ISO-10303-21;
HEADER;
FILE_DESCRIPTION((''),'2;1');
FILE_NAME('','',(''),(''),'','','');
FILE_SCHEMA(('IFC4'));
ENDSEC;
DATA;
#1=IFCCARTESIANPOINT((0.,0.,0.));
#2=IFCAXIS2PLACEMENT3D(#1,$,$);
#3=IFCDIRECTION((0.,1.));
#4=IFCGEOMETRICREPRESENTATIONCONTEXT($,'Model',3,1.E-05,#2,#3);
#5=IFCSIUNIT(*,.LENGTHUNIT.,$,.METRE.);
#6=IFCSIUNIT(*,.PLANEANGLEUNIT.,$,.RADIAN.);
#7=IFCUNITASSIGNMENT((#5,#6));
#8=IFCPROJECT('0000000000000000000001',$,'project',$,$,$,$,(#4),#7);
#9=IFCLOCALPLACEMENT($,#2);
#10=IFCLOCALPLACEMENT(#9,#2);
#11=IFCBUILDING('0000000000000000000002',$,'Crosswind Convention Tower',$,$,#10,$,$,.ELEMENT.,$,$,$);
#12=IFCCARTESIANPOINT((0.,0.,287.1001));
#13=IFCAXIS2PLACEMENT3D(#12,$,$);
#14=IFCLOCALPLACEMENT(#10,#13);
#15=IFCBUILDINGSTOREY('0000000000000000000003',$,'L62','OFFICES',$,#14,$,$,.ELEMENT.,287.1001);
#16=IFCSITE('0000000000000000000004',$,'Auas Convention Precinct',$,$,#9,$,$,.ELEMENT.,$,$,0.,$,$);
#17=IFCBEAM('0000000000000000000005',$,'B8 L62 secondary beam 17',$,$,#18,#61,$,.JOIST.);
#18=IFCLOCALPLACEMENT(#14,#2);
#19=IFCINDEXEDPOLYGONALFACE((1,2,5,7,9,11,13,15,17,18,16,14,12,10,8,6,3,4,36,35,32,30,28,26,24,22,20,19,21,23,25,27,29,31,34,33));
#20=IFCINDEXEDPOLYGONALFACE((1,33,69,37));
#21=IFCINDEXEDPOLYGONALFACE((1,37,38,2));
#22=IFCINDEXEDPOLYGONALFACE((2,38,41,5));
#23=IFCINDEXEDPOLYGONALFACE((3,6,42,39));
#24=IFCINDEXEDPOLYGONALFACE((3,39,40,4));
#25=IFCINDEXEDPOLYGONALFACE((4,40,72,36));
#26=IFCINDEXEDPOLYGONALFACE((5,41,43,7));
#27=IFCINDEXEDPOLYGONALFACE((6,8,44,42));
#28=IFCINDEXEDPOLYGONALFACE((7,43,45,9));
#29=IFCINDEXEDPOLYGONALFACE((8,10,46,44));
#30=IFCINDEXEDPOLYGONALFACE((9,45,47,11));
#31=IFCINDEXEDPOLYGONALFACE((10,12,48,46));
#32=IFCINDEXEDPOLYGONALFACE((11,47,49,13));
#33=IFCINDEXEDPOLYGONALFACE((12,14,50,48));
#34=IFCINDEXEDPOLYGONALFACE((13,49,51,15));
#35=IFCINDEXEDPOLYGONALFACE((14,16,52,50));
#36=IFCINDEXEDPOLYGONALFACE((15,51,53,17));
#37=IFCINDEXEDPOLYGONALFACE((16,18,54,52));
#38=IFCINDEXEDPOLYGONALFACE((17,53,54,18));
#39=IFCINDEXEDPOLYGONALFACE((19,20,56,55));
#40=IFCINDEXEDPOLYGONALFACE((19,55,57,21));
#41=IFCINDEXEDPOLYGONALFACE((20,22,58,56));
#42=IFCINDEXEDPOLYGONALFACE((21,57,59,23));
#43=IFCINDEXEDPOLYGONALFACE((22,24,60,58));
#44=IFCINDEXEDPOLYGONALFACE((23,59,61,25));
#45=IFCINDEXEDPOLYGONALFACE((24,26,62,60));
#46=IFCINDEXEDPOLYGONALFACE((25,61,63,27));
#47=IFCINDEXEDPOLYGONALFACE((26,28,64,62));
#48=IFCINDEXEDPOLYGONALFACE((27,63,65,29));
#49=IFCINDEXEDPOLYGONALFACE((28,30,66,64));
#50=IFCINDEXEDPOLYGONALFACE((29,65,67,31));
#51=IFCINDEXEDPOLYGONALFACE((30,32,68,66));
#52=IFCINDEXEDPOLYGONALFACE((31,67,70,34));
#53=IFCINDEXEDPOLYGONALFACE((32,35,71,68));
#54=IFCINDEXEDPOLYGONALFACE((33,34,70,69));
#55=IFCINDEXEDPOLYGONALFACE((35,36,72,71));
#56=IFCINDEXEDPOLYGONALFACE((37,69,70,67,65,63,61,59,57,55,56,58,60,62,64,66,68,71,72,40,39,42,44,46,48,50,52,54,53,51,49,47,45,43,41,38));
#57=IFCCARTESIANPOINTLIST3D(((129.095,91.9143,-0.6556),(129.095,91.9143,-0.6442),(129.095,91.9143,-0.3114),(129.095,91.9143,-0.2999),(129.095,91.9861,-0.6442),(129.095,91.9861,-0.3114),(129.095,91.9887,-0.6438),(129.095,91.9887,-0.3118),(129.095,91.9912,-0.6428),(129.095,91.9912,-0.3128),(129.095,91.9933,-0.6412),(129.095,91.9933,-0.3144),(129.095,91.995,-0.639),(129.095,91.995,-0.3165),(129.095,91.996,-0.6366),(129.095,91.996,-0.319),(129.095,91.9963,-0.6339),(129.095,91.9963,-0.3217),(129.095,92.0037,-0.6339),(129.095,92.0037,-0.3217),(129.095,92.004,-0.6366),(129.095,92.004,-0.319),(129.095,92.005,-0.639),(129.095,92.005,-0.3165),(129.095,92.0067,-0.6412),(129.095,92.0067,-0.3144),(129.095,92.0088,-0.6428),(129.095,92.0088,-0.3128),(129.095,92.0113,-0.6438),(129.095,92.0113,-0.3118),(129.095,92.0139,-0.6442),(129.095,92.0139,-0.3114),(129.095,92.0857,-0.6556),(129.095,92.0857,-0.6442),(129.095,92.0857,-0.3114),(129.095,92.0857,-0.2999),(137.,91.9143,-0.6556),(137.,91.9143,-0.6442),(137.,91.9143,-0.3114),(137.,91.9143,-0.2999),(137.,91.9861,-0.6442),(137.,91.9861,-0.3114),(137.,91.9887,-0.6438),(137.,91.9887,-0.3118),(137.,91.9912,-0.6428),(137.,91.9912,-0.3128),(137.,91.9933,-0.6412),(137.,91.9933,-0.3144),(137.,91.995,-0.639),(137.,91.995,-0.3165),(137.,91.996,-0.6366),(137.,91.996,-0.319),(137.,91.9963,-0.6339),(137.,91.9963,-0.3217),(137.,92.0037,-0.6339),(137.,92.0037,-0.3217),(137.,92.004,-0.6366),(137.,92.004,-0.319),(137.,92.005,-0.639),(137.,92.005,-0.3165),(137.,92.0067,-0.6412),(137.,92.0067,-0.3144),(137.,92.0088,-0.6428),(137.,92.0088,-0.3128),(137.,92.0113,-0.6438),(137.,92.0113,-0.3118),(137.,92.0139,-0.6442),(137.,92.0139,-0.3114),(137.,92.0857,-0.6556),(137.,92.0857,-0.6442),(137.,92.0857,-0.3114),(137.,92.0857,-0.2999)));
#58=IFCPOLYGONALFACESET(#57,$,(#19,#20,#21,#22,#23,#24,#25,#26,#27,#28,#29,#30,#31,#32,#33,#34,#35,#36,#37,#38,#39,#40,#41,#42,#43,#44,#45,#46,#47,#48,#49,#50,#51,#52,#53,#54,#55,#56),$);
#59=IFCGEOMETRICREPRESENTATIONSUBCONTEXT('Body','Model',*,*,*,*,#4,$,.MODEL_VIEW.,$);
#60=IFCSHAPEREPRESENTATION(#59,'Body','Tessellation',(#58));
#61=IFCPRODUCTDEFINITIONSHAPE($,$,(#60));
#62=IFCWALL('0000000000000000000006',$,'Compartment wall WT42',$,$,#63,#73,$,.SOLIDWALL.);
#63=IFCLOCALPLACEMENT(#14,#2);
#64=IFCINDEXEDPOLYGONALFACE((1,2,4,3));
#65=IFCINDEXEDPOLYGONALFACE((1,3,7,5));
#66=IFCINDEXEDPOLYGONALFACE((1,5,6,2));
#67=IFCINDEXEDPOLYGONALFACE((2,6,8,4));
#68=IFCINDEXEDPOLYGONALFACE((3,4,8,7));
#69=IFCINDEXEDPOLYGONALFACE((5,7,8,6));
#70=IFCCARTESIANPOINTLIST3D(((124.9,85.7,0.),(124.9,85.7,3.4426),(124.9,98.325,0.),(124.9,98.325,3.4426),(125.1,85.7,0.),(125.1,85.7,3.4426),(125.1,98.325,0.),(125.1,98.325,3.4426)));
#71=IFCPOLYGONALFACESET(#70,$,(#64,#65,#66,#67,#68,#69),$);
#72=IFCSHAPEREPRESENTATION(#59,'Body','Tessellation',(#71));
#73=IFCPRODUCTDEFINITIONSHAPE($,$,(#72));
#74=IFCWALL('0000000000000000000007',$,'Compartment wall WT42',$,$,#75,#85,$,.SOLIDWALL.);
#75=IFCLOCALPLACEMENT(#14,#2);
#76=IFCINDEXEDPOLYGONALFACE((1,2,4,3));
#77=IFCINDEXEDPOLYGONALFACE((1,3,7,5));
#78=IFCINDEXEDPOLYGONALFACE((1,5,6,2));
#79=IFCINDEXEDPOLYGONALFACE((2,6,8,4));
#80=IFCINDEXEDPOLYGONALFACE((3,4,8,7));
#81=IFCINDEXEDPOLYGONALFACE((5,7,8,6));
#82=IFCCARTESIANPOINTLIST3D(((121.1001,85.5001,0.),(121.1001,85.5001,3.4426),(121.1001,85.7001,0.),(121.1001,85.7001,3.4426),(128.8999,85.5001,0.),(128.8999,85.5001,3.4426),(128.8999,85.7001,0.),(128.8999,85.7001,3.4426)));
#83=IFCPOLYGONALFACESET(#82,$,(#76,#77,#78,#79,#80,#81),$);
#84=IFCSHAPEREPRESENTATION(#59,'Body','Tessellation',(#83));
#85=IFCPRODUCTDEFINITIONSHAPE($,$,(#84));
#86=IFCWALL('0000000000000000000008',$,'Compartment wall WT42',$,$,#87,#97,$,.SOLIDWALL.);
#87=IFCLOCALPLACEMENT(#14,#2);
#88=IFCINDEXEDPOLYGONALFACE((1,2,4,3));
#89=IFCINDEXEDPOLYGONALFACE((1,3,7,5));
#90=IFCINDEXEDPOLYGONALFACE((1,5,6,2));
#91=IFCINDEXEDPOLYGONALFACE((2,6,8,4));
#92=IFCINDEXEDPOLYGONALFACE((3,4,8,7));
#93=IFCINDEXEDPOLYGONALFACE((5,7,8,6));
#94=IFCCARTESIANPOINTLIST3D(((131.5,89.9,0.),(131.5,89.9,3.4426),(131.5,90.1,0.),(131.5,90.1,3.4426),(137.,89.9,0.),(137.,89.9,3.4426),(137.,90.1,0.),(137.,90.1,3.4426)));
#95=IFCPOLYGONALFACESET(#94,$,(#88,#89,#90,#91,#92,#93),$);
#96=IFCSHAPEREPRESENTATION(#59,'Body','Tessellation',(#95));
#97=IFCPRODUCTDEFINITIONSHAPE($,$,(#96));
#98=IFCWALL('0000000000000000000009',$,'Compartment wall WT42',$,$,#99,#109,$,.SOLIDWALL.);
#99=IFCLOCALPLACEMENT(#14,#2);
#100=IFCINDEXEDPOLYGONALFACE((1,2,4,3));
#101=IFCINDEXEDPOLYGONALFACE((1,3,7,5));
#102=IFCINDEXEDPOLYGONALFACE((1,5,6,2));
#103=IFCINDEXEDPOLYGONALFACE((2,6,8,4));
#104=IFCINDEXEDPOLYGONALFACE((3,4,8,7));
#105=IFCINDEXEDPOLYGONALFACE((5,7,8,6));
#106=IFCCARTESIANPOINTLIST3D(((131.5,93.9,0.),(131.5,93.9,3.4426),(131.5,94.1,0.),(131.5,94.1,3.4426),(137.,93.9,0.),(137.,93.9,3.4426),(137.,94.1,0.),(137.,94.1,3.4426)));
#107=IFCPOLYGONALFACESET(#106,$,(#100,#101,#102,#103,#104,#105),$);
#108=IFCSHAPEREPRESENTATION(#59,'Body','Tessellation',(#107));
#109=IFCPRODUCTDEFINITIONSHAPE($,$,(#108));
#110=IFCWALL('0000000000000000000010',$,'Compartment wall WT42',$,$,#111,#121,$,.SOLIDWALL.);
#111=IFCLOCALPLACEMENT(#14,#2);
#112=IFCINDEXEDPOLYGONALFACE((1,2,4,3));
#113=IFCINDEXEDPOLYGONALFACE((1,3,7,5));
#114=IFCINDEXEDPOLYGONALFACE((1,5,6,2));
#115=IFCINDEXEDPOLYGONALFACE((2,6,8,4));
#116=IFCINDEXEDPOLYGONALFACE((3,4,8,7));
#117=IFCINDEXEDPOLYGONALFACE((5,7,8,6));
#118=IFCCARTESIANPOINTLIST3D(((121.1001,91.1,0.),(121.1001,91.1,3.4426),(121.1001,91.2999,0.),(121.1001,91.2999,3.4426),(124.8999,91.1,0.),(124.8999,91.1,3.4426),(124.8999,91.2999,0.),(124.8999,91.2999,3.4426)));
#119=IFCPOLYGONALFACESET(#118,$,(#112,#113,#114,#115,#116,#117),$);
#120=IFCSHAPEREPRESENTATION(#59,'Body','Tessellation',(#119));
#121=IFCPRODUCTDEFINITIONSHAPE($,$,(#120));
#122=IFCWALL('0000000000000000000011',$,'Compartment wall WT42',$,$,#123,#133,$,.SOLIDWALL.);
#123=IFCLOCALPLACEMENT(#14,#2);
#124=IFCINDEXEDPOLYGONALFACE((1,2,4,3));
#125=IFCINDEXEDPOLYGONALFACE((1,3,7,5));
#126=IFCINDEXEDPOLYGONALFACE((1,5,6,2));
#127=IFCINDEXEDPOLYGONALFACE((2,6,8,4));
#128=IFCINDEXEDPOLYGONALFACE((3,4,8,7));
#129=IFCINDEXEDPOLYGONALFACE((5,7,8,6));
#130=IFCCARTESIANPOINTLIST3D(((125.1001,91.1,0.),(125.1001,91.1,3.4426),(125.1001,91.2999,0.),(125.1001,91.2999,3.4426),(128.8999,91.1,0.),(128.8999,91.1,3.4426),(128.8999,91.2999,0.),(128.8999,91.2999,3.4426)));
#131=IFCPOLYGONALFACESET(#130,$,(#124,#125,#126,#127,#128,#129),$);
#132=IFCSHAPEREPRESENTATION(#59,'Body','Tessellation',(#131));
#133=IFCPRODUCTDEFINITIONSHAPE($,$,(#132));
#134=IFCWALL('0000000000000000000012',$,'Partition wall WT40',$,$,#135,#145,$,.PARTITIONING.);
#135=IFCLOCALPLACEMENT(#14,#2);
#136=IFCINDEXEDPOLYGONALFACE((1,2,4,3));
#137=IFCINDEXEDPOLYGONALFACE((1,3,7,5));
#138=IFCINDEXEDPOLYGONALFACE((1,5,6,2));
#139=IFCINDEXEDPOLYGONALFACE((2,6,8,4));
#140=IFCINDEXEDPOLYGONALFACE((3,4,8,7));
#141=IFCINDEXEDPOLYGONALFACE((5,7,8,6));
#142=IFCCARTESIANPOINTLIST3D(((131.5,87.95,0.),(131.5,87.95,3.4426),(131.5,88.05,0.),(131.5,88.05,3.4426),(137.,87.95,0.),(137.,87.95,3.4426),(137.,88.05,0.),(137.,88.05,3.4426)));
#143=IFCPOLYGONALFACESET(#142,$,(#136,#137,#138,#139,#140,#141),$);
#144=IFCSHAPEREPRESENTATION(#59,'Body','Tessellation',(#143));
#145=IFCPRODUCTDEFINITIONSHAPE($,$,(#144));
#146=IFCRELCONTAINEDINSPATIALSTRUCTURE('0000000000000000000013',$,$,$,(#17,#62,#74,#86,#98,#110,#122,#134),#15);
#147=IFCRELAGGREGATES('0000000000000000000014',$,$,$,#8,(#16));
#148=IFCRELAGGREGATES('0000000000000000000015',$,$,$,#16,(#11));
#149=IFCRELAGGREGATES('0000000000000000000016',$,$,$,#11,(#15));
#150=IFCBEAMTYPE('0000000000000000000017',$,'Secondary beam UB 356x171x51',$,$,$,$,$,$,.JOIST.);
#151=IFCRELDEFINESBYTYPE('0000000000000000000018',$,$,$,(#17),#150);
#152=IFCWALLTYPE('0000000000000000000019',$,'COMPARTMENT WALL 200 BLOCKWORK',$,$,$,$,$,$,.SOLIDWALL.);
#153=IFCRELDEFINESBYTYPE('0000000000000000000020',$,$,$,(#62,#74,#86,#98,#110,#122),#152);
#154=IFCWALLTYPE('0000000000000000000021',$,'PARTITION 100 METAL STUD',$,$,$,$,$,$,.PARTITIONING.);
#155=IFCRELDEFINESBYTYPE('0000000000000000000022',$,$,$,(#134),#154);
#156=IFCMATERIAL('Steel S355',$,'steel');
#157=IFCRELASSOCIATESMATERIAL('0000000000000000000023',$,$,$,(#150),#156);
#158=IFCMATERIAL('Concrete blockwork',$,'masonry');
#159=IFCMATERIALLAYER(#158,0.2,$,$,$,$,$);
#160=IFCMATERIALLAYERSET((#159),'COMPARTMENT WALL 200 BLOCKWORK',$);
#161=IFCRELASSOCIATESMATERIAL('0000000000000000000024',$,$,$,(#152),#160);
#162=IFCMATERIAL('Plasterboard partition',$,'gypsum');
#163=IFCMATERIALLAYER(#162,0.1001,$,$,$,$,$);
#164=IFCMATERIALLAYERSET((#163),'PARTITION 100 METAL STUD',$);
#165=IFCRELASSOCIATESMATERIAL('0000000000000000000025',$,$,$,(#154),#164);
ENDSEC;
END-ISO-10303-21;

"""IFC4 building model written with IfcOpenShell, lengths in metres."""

from ifc_helpers import new_model, si_unit, direction, frame, frame_2d, origin, origin_2d, place, context, subcontext, project, spatial, rectangle, i_section, extrude, material, layer, layer_set, material_profile, profile_set, type_object, element, save


model = new_model("IFC4")

# Units and contexts
model_context = context("Model", 3, precision=1e-05, world=origin(), true_north=direction((0.0, 1.0)))
body_context = subcontext(model_context, "Body", "Model", "MODEL_VIEW")
ifc_project = project(units=[si_unit("LENGTHUNIT", "METRE"), si_unit("PLANEANGLEUNIT", "RADIAN")], contexts=[model_context])

# Site, building, storey
site_placement = place(None, origin())
site = spatial("IfcSite", under=ifc_project, at=site_placement, Name="Auas Convention Precinct", CompositionType="ELEMENT", RefElevation=0.0)
building_placement = place(site_placement, origin())
building = spatial("IfcBuilding", under=site, at=building_placement, Name="Crosswind Convention Tower", CompositionType="ELEMENT")
storey_placement = place(building_placement, frame((0.0, 0.0, 287.1001)))
storey = spatial("IfcBuildingStorey", under=building, at=storey_placement, Name="L62", Description="OFFICES", CompositionType="ELEMENT", Elevation=287.1001)

# Beam
ifc_material_1 = material(Name="Steel S355", Category="steel")
ifc_material_profile_1 = material_profile(ifc_material_1, i_section(OverallWidth=0.1714, OverallDepth=0.3557, WebThickness=0.0073, FlangeThickness=0.0115, FilletRadius=0.0103, at=origin_2d()), Name="UB 356x171x51")
ifc_profile_set_1 = profile_set([ifc_material_profile_1], Name="Steel S355")
beam_type_1 = type_object("IfcBeamType", Name="Secondary beam UB 356x171x51", PredefinedType="JOIST", material=ifc_profile_set_1)
beam_1_placement = place(storey_placement, frame((129.095, 92.0, -0.4778), z_axis=(1.0, 0.0, 0.0), x_axis=(0.0, 1.0, 0.0)))
element("IfcBeam", 1, at=beam_1_placement, inside=storey, type_object=beam_type_1, Name="B8 L62 secondary beam 17", PredefinedType="JOIST", context=body_context, shape_type="SweptSolid", body=[
    extrude(i_section(OverallWidth=0.1714, OverallDepth=0.3557, WebThickness=0.0073, FlangeThickness=0.0115, FilletRadius=0.0103, at=origin_2d()), origin(), (0.0, 0.0, 1.0), 7.905),
])

# Walls
ifc_material_2 = material(Name="Concrete blockwork", Category="masonry")
ifc_layer_1 = layer(ifc_material_2, 0.2)
ifc_layer_set_1 = layer_set([ifc_layer_1], Name="COMPARTMENT WALL 200 BLOCKWORK")
wall_type_1 = type_object("IfcWallType", Name="COMPARTMENT WALL 200 BLOCKWORK", PredefinedType="SOLIDWALL", material=ifc_layer_set_1)
wall_1_placement = place(storey_placement, frame((125.0, 85.7, 0.0), z_axis=(0.0, 0.0, 1.0), x_axis=(0.0, 1.0, 0.0)))
element("IfcWall", 2, at=wall_1_placement, inside=storey, type_object=wall_type_1, Name="Compartment wall WT42", PredefinedType="SOLIDWALL", context=body_context, shape_type="SweptSolid", body=[
    extrude(rectangle(XDim=12.625, YDim=0.2, at=frame_2d((6.3125, 0.0))), origin(), (0.0, 0.0, 1.0), 3.4426),
])
wall_2_placement = place(storey_placement, frame((121.1001, 85.6001, 0.0), z_axis=(0.0, 0.0, 1.0), x_axis=(1.0, 0.0, 0.0)))
element("IfcWall", 3, at=wall_2_placement, inside=storey, type_object=wall_type_1, Name="Compartment wall WT42", PredefinedType="SOLIDWALL", context=body_context, shape_type="SweptSolid", body=[
    extrude(rectangle(XDim=7.7998, YDim=0.2, at=frame_2d((3.8999, 0.0))), origin(), (0.0, 0.0, 1.0), 3.4426),
])
for number, where, z_axis, x_axis, name in (
    (4, (131.5, 90.0, 0.0), (0.0, 0.0, 1.0), (1.0, 0.0, 0.0), "Compartment wall WT42"),
    (5, (131.5, 94.0, 0.0), (0.0, 0.0, 1.0), (1.0, 0.0, 0.0), "Compartment wall WT42"),
):
    element("IfcWall", number, at=place(storey_placement, frame(where, z_axis=z_axis, x_axis=x_axis)), inside=storey, type_object=wall_type_1, Name=name, PredefinedType="SOLIDWALL", context=body_context, shape_type="SweptSolid", body=[
        extrude(rectangle(XDim=5.5, YDim=0.2, at=frame_2d((2.75, 0.0))), origin(), (0.0, 0.0, 1.0), 3.4426),
    ])
for number, where, z_axis, x_axis, name in (
    (6, (121.1001, 91.2, 0.0), (0.0, 0.0, 1.0), (1.0, 0.0, 0.0), "Compartment wall WT42"),
    (7, (125.1001, 91.2, 0.0), (0.0, 0.0, 1.0), (1.0, 0.0, 0.0), "Compartment wall WT42"),
):
    element("IfcWall", number, at=place(storey_placement, frame(where, z_axis=z_axis, x_axis=x_axis)), inside=storey, type_object=wall_type_1, Name=name, PredefinedType="SOLIDWALL", context=body_context, shape_type="SweptSolid", body=[
        extrude(rectangle(XDim=3.7998, YDim=0.2, at=frame_2d((1.8999, 0.0))), origin(), (0.0, 0.0, 1.0), 3.4426),
    ])
ifc_material_3 = material(Name="Plasterboard partition", Category="gypsum")
ifc_layer_2 = layer(ifc_material_3, 0.1001)
ifc_layer_set_2 = layer_set([ifc_layer_2], Name="PARTITION 100 METAL STUD")
wall_type_2 = type_object("IfcWallType", Name="PARTITION 100 METAL STUD", PredefinedType="PARTITIONING", material=ifc_layer_set_2)
wall_3_placement = place(storey_placement, frame((131.5, 88.0, 0.0), z_axis=(0.0, 0.0, 1.0), x_axis=(1.0, 0.0, 0.0)))
element("IfcWall", 8, at=wall_3_placement, inside=storey, type_object=wall_type_2, Name="Partition wall WT40", PredefinedType="PARTITIONING", context=body_context, shape_type="SweptSolid", body=[
    extrude(rectangle(XDim=5.5, YDim=0.1001, at=frame_2d((2.75, 0.0))), origin(), (0.0, 0.0, 1.0), 3.4426),
])

save(model, "model.ifc")
